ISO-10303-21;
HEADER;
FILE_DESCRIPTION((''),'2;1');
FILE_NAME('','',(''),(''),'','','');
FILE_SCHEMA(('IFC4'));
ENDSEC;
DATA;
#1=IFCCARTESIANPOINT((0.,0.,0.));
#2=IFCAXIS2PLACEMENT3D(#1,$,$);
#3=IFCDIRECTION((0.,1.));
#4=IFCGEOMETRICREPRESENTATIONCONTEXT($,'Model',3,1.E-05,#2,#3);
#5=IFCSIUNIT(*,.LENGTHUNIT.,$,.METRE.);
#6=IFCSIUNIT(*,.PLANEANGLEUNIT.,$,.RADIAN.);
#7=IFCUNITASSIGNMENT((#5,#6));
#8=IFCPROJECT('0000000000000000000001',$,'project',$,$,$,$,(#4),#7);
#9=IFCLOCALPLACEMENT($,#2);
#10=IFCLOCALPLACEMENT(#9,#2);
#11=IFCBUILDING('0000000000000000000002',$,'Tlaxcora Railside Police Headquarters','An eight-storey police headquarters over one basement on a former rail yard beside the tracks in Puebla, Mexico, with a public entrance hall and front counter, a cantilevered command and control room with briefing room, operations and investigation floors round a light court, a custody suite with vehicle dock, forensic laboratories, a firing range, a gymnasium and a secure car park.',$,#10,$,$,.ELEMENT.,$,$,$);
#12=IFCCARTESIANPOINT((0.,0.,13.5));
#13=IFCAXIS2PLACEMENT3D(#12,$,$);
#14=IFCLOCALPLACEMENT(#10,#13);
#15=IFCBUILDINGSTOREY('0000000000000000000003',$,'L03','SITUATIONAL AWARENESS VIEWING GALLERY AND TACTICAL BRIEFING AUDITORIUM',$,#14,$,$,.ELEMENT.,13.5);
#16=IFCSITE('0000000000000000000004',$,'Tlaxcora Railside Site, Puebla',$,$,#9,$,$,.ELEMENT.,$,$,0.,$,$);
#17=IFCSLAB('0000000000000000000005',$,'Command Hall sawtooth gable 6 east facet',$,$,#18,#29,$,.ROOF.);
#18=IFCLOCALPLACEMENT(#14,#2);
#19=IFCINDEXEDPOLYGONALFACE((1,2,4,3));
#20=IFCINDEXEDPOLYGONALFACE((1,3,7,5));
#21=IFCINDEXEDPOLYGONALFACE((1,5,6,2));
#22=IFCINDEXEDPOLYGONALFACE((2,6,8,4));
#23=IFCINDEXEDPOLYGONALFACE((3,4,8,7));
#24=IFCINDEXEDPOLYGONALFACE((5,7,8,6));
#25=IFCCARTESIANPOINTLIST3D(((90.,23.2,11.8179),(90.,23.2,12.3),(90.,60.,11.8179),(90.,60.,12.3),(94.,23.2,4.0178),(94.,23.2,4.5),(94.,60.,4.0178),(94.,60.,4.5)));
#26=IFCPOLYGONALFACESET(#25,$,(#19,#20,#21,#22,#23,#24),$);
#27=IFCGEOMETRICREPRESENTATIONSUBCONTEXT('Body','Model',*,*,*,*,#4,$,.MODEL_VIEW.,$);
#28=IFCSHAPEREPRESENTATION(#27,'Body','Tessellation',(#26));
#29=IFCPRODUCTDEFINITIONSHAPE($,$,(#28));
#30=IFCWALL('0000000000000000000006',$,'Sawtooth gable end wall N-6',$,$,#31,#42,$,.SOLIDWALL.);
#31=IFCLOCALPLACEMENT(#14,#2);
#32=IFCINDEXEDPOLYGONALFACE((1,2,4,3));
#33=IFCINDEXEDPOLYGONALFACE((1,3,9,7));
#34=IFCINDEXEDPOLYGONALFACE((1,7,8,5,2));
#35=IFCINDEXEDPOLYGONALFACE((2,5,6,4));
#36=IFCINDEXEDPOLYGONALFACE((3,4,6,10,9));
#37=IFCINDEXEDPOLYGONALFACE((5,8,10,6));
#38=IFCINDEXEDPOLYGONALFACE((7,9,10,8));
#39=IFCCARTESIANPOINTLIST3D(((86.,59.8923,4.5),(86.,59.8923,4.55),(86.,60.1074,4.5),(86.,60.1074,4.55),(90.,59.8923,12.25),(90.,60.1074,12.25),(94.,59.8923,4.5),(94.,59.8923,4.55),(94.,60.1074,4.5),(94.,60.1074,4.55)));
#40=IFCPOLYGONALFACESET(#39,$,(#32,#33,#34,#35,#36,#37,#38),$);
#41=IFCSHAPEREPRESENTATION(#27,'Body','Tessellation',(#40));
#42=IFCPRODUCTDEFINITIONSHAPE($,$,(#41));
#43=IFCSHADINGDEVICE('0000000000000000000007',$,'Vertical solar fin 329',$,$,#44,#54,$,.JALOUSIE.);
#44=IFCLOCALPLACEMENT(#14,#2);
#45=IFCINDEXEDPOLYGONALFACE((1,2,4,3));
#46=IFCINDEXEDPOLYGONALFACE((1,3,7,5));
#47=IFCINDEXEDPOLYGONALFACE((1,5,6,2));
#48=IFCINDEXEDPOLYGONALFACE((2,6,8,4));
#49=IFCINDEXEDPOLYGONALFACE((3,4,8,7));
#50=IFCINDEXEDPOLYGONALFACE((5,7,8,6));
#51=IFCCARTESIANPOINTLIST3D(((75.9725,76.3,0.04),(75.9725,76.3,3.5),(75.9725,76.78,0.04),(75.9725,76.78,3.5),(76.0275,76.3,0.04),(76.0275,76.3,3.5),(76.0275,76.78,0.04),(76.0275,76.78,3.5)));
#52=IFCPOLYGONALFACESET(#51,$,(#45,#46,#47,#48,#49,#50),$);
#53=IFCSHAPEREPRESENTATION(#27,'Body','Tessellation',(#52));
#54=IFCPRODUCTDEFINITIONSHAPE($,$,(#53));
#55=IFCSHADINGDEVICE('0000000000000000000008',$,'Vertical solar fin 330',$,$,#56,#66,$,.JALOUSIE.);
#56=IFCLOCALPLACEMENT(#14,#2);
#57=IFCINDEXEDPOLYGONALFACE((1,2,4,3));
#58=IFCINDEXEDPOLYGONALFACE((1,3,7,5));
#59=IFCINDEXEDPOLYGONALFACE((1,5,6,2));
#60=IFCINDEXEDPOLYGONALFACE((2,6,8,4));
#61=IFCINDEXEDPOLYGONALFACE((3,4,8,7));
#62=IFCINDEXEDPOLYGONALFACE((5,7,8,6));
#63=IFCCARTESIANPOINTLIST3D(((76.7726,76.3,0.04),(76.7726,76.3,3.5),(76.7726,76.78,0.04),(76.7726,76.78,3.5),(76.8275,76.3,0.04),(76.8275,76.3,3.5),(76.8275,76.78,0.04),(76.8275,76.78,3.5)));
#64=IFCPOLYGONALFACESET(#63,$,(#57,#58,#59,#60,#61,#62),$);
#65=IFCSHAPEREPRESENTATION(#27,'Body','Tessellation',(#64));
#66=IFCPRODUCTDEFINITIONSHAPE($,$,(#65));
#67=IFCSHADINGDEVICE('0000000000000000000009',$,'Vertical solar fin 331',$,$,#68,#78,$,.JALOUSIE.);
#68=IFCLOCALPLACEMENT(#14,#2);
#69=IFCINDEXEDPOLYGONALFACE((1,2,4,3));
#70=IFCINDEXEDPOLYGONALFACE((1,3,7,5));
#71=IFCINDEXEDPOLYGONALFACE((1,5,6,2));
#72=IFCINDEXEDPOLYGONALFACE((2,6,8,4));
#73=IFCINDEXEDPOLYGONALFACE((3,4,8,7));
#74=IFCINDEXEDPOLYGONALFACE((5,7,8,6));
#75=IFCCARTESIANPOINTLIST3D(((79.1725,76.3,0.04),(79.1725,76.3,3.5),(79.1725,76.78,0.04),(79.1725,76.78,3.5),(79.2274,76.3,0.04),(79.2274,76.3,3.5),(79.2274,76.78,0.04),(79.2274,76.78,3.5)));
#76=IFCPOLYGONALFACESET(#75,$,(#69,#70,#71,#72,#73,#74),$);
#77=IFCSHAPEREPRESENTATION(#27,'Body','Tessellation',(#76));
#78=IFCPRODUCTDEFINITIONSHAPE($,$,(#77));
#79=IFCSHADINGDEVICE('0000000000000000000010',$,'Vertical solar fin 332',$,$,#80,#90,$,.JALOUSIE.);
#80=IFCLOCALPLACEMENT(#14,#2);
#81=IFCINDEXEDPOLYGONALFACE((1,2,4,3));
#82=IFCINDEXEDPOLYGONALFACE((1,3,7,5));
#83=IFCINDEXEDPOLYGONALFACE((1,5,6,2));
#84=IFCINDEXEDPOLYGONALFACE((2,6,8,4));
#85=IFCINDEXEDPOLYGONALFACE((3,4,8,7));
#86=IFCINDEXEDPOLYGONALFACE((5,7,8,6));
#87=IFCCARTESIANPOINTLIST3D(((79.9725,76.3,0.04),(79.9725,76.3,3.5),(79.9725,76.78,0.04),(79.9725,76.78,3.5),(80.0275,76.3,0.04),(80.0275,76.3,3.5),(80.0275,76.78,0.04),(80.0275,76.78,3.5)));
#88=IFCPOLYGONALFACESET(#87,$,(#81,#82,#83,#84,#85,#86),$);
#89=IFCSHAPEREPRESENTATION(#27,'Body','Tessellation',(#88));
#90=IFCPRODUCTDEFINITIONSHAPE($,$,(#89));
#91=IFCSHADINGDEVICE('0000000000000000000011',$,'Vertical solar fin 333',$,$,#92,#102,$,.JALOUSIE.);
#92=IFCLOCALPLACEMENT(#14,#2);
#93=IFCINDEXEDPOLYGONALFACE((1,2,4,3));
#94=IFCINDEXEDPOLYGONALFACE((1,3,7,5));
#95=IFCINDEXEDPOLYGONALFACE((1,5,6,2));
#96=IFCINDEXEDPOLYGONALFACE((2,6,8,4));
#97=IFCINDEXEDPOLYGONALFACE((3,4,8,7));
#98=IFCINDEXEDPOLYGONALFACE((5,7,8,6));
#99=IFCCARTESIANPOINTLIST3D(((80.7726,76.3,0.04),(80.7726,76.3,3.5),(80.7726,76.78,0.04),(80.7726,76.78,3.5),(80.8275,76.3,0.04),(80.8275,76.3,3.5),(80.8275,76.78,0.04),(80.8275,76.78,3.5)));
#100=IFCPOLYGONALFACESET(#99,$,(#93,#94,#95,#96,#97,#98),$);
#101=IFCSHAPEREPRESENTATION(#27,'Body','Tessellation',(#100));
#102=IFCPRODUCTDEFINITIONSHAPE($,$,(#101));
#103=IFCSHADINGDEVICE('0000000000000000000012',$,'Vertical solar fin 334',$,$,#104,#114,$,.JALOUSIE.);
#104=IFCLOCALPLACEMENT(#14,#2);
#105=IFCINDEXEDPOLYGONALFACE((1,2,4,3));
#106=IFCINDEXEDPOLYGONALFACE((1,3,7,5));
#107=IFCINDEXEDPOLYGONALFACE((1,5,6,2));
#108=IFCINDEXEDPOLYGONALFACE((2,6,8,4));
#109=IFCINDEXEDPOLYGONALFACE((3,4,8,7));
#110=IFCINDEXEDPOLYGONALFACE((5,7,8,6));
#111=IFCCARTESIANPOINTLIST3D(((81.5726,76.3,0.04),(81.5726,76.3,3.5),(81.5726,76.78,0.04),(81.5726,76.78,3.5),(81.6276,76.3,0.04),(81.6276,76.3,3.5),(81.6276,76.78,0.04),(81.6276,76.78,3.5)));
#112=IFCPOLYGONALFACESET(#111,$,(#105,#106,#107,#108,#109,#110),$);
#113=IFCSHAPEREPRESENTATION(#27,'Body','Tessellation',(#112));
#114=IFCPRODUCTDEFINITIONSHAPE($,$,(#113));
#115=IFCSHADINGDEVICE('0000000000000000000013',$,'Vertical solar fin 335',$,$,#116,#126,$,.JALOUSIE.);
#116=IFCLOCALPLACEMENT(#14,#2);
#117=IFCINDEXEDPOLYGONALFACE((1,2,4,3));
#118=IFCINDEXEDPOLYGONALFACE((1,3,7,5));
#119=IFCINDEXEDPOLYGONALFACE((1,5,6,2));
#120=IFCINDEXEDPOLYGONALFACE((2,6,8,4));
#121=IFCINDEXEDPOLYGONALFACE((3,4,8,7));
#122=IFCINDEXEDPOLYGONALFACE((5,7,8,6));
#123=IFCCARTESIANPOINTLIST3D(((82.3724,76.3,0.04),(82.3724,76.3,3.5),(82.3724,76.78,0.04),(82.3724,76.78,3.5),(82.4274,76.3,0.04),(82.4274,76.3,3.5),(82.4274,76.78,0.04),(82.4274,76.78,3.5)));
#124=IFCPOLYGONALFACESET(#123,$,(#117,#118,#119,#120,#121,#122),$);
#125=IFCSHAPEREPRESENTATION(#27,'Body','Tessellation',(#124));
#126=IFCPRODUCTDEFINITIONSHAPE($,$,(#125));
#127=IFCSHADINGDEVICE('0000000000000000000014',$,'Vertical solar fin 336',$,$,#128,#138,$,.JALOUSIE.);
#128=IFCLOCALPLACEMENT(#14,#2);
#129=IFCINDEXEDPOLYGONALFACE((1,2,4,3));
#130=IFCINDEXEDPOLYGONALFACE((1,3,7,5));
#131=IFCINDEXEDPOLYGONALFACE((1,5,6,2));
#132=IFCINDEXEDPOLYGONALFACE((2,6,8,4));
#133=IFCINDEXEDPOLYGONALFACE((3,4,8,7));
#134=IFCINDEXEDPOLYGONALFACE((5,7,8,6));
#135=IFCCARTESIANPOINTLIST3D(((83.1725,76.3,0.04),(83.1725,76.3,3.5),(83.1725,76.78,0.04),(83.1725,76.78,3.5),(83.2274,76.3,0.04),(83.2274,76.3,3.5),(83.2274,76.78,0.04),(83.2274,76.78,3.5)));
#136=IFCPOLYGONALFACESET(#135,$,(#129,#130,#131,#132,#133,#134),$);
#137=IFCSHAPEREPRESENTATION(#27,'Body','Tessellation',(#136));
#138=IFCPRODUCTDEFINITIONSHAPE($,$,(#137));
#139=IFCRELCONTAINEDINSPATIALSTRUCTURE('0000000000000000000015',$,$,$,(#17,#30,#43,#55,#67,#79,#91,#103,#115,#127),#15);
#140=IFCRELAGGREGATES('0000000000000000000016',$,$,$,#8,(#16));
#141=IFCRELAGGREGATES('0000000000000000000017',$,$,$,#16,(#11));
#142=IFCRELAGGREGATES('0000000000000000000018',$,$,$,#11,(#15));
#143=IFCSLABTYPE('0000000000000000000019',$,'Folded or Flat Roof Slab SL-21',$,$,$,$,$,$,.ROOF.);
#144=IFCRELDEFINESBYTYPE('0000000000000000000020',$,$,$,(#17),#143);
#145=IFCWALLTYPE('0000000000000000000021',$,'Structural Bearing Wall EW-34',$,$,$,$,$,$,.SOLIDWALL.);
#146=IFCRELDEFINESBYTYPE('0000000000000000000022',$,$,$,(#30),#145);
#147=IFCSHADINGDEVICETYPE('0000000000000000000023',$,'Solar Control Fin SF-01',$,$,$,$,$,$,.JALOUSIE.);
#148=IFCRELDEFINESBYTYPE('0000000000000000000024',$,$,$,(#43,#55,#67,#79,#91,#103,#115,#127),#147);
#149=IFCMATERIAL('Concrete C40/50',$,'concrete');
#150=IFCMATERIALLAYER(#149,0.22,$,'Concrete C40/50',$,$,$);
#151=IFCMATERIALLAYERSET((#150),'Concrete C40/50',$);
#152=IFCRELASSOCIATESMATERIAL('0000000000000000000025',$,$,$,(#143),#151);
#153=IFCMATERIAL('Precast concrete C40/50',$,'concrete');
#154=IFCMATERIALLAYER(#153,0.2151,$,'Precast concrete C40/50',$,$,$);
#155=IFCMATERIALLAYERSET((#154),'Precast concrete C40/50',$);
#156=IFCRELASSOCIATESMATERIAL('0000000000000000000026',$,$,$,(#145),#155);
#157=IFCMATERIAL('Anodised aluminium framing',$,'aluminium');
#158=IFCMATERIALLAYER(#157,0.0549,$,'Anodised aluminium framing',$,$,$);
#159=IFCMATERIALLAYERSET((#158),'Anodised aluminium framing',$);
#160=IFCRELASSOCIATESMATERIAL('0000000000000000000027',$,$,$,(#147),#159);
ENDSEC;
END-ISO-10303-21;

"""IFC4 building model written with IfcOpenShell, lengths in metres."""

from ifc_helpers import new_model, si_unit, direction, frame, origin, origin_2d, place, context, subcontext, project, spatial, polyline, rectangle, outline, extrude, material, layer, layer_set, type_object, element, save


model = new_model("IFC4")

# Units and contexts
model_context = context("Model", 3, precision=1e-05, world=origin(), true_north=direction((0.0, 1.0)))
body_context = subcontext(model_context, "Body", "Model", "MODEL_VIEW")
ifc_project = project(units=[si_unit("LENGTHUNIT", "METRE"), si_unit("PLANEANGLEUNIT", "RADIAN")], contexts=[model_context])

# Site, building, storey
site_placement = place(None, origin())
site = spatial("IfcSite", under=ifc_project, at=site_placement, Name="Tlaxcora Railside Site, Puebla", CompositionType="ELEMENT", RefElevation=0.0)
building_placement = place(site_placement, origin())
building = spatial("IfcBuilding", under=site, at=building_placement, Name="Tlaxcora Railside Police Headquarters", Description="An eight-storey police headquarters over one basement on a former rail yard beside the tracks in Puebla, Mexico, with a public entrance hall and front counter, a cantilevered command and control room with briefing room, operations and investigation floors round a light court, a custody suite with vehicle dock, forensic laboratories, a firing range, a gymnasium and a secure car park.", CompositionType="ELEMENT")
storey_placement = place(building_placement, frame((0.0, 0.0, 13.5)))
storey = spatial("IfcBuildingStorey", under=building, at=storey_placement, Name="L03", Description="SITUATIONAL AWARENESS VIEWING GALLERY AND TACTICAL BRIEFING AUDITORIUM", CompositionType="ELEMENT", Elevation=13.5)

# Shared definitions
ifc_material_1 = material(Name="Anodised aluminium framing", Category="aluminium")

# Slab
ifc_material_2 = material(Name="Concrete C40/50", Category="concrete")
ifc_layer_1 = layer(ifc_material_2, 0.22, Name="Concrete C40/50")
ifc_layer_set_1 = layer_set([ifc_layer_1], Name="Concrete C40/50")
slab_type = type_object("IfcSlabType", Name="Folded or Flat Roof Slab SL-21", PredefinedType="ROOF", material=ifc_layer_set_1)
slab_placement = place(storey_placement, frame((90.0, 60.0, 0.0), z_axis=(0.0, -1.0, 0.0), x_axis=(1.0, 0.0, 0.0)))
element("IfcSlab", 1, at=slab_placement, inside=storey, type_object=slab_type, Name="Command Hall sawtooth gable 6 east facet", PredefinedType="ROOF", context=body_context, shape_type="SweptSolid", body=[
    extrude(outline(polyline([(0.0, 11.8179), (4.0, 4.0178), (4.0, 4.5), (0.0, 12.3), (0.0, 11.8179)])), origin(), (0.0, 0.0, 1.0), 36.8),
])

# Wall
ifc_material_3 = material(Name="Precast concrete C40/50", Category="concrete")
ifc_layer_2 = layer(ifc_material_3, 0.2151, Name="Precast concrete C40/50")
ifc_layer_set_2 = layer_set([ifc_layer_2], Name="Precast concrete C40/50")
wall_type = type_object("IfcWallType", Name="Structural Bearing Wall EW-34", PredefinedType="SOLIDWALL", material=ifc_layer_set_2)
wall_placement = place(storey_placement, frame((86.0, 60.0, 4.5), z_axis=(0.0, 0.0, 1.0), x_axis=(1.0, 0.0, 0.0)))
element("IfcWall", 2, at=wall_placement, inside=storey, type_object=wall_type, Name="Sawtooth gable end wall N-6", PredefinedType="SOLIDWALL", context=body_context, shape_type="SweptSolid", body=[
    extrude(outline(polyline([(0.0, 0.0), (8.0, 0.0), (8.0, 0.05), (4.0, 7.75), (0.0, 0.05), (0.0, 0.0)])), frame((0.0, 0.1074, 0.0), z_axis=(0.0, -1.0, 0.0), x_axis=(1.0, 0.0, 0.0)), (0.0, 0.0, 1.0), 0.2151),
])

# Shading devices
ifc_layer_3 = layer(ifc_material_1, 0.0549, Name="Anodised aluminium framing")
ifc_layer_set_3 = layer_set([ifc_layer_3], Name="Anodised aluminium framing")
shading_device_type = type_object("IfcShadingDeviceType", Name="Solar Control Fin SF-01", PredefinedType="JALOUSIE", material=ifc_layer_set_3)
for number, where, z_axis, x_axis, name in (
    (3, (76.0, 76.54, 0.04), (0.0, 0.0, 1.0), (0.0, -1.0, 0.0), "Vertical solar fin 329"),
    (4, (76.8, 76.54, 0.04), (0.0, 0.0, 1.0), (0.0, -1.0, 0.0), "Vertical solar fin 330"),
    (5, (79.2, 76.54, 0.04), (0.0, 0.0, 1.0), (0.0, -1.0, 0.0), "Vertical solar fin 331"),
    (6, (80.0, 76.54, 0.04), (0.0, 0.0, 1.0), (0.0, -1.0, 0.0), "Vertical solar fin 332"),
    (7, (80.8, 76.54, 0.04), (0.0, 0.0, 1.0), (0.0, -1.0, 0.0), "Vertical solar fin 333"),
    (8, (81.6001, 76.54, 0.04), (0.0, 0.0, 1.0), (0.0, -1.0, 0.0), "Vertical solar fin 334"),
    (9, (82.3999, 76.54, 0.04), (0.0, 0.0, 1.0), (0.0, -1.0, 0.0), "Vertical solar fin 335"),
    (10, (83.2, 76.54, 0.04), (0.0, 0.0, 1.0), (0.0, -1.0, 0.0), "Vertical solar fin 336"),
):
    element("IfcShadingDevice", number, at=place(storey_placement, frame(where, z_axis=z_axis, x_axis=x_axis)), inside=storey, type_object=shading_device_type, Name=name, PredefinedType="JALOUSIE", context=body_context, shape_type="SweptSolid", body=[
        extrude(rectangle(XDim=0.48, YDim=0.0549, at=origin_2d()), origin(), (0.0, 0.0, 1.0), 3.46),
    ])

save(model, "model.ifc")
